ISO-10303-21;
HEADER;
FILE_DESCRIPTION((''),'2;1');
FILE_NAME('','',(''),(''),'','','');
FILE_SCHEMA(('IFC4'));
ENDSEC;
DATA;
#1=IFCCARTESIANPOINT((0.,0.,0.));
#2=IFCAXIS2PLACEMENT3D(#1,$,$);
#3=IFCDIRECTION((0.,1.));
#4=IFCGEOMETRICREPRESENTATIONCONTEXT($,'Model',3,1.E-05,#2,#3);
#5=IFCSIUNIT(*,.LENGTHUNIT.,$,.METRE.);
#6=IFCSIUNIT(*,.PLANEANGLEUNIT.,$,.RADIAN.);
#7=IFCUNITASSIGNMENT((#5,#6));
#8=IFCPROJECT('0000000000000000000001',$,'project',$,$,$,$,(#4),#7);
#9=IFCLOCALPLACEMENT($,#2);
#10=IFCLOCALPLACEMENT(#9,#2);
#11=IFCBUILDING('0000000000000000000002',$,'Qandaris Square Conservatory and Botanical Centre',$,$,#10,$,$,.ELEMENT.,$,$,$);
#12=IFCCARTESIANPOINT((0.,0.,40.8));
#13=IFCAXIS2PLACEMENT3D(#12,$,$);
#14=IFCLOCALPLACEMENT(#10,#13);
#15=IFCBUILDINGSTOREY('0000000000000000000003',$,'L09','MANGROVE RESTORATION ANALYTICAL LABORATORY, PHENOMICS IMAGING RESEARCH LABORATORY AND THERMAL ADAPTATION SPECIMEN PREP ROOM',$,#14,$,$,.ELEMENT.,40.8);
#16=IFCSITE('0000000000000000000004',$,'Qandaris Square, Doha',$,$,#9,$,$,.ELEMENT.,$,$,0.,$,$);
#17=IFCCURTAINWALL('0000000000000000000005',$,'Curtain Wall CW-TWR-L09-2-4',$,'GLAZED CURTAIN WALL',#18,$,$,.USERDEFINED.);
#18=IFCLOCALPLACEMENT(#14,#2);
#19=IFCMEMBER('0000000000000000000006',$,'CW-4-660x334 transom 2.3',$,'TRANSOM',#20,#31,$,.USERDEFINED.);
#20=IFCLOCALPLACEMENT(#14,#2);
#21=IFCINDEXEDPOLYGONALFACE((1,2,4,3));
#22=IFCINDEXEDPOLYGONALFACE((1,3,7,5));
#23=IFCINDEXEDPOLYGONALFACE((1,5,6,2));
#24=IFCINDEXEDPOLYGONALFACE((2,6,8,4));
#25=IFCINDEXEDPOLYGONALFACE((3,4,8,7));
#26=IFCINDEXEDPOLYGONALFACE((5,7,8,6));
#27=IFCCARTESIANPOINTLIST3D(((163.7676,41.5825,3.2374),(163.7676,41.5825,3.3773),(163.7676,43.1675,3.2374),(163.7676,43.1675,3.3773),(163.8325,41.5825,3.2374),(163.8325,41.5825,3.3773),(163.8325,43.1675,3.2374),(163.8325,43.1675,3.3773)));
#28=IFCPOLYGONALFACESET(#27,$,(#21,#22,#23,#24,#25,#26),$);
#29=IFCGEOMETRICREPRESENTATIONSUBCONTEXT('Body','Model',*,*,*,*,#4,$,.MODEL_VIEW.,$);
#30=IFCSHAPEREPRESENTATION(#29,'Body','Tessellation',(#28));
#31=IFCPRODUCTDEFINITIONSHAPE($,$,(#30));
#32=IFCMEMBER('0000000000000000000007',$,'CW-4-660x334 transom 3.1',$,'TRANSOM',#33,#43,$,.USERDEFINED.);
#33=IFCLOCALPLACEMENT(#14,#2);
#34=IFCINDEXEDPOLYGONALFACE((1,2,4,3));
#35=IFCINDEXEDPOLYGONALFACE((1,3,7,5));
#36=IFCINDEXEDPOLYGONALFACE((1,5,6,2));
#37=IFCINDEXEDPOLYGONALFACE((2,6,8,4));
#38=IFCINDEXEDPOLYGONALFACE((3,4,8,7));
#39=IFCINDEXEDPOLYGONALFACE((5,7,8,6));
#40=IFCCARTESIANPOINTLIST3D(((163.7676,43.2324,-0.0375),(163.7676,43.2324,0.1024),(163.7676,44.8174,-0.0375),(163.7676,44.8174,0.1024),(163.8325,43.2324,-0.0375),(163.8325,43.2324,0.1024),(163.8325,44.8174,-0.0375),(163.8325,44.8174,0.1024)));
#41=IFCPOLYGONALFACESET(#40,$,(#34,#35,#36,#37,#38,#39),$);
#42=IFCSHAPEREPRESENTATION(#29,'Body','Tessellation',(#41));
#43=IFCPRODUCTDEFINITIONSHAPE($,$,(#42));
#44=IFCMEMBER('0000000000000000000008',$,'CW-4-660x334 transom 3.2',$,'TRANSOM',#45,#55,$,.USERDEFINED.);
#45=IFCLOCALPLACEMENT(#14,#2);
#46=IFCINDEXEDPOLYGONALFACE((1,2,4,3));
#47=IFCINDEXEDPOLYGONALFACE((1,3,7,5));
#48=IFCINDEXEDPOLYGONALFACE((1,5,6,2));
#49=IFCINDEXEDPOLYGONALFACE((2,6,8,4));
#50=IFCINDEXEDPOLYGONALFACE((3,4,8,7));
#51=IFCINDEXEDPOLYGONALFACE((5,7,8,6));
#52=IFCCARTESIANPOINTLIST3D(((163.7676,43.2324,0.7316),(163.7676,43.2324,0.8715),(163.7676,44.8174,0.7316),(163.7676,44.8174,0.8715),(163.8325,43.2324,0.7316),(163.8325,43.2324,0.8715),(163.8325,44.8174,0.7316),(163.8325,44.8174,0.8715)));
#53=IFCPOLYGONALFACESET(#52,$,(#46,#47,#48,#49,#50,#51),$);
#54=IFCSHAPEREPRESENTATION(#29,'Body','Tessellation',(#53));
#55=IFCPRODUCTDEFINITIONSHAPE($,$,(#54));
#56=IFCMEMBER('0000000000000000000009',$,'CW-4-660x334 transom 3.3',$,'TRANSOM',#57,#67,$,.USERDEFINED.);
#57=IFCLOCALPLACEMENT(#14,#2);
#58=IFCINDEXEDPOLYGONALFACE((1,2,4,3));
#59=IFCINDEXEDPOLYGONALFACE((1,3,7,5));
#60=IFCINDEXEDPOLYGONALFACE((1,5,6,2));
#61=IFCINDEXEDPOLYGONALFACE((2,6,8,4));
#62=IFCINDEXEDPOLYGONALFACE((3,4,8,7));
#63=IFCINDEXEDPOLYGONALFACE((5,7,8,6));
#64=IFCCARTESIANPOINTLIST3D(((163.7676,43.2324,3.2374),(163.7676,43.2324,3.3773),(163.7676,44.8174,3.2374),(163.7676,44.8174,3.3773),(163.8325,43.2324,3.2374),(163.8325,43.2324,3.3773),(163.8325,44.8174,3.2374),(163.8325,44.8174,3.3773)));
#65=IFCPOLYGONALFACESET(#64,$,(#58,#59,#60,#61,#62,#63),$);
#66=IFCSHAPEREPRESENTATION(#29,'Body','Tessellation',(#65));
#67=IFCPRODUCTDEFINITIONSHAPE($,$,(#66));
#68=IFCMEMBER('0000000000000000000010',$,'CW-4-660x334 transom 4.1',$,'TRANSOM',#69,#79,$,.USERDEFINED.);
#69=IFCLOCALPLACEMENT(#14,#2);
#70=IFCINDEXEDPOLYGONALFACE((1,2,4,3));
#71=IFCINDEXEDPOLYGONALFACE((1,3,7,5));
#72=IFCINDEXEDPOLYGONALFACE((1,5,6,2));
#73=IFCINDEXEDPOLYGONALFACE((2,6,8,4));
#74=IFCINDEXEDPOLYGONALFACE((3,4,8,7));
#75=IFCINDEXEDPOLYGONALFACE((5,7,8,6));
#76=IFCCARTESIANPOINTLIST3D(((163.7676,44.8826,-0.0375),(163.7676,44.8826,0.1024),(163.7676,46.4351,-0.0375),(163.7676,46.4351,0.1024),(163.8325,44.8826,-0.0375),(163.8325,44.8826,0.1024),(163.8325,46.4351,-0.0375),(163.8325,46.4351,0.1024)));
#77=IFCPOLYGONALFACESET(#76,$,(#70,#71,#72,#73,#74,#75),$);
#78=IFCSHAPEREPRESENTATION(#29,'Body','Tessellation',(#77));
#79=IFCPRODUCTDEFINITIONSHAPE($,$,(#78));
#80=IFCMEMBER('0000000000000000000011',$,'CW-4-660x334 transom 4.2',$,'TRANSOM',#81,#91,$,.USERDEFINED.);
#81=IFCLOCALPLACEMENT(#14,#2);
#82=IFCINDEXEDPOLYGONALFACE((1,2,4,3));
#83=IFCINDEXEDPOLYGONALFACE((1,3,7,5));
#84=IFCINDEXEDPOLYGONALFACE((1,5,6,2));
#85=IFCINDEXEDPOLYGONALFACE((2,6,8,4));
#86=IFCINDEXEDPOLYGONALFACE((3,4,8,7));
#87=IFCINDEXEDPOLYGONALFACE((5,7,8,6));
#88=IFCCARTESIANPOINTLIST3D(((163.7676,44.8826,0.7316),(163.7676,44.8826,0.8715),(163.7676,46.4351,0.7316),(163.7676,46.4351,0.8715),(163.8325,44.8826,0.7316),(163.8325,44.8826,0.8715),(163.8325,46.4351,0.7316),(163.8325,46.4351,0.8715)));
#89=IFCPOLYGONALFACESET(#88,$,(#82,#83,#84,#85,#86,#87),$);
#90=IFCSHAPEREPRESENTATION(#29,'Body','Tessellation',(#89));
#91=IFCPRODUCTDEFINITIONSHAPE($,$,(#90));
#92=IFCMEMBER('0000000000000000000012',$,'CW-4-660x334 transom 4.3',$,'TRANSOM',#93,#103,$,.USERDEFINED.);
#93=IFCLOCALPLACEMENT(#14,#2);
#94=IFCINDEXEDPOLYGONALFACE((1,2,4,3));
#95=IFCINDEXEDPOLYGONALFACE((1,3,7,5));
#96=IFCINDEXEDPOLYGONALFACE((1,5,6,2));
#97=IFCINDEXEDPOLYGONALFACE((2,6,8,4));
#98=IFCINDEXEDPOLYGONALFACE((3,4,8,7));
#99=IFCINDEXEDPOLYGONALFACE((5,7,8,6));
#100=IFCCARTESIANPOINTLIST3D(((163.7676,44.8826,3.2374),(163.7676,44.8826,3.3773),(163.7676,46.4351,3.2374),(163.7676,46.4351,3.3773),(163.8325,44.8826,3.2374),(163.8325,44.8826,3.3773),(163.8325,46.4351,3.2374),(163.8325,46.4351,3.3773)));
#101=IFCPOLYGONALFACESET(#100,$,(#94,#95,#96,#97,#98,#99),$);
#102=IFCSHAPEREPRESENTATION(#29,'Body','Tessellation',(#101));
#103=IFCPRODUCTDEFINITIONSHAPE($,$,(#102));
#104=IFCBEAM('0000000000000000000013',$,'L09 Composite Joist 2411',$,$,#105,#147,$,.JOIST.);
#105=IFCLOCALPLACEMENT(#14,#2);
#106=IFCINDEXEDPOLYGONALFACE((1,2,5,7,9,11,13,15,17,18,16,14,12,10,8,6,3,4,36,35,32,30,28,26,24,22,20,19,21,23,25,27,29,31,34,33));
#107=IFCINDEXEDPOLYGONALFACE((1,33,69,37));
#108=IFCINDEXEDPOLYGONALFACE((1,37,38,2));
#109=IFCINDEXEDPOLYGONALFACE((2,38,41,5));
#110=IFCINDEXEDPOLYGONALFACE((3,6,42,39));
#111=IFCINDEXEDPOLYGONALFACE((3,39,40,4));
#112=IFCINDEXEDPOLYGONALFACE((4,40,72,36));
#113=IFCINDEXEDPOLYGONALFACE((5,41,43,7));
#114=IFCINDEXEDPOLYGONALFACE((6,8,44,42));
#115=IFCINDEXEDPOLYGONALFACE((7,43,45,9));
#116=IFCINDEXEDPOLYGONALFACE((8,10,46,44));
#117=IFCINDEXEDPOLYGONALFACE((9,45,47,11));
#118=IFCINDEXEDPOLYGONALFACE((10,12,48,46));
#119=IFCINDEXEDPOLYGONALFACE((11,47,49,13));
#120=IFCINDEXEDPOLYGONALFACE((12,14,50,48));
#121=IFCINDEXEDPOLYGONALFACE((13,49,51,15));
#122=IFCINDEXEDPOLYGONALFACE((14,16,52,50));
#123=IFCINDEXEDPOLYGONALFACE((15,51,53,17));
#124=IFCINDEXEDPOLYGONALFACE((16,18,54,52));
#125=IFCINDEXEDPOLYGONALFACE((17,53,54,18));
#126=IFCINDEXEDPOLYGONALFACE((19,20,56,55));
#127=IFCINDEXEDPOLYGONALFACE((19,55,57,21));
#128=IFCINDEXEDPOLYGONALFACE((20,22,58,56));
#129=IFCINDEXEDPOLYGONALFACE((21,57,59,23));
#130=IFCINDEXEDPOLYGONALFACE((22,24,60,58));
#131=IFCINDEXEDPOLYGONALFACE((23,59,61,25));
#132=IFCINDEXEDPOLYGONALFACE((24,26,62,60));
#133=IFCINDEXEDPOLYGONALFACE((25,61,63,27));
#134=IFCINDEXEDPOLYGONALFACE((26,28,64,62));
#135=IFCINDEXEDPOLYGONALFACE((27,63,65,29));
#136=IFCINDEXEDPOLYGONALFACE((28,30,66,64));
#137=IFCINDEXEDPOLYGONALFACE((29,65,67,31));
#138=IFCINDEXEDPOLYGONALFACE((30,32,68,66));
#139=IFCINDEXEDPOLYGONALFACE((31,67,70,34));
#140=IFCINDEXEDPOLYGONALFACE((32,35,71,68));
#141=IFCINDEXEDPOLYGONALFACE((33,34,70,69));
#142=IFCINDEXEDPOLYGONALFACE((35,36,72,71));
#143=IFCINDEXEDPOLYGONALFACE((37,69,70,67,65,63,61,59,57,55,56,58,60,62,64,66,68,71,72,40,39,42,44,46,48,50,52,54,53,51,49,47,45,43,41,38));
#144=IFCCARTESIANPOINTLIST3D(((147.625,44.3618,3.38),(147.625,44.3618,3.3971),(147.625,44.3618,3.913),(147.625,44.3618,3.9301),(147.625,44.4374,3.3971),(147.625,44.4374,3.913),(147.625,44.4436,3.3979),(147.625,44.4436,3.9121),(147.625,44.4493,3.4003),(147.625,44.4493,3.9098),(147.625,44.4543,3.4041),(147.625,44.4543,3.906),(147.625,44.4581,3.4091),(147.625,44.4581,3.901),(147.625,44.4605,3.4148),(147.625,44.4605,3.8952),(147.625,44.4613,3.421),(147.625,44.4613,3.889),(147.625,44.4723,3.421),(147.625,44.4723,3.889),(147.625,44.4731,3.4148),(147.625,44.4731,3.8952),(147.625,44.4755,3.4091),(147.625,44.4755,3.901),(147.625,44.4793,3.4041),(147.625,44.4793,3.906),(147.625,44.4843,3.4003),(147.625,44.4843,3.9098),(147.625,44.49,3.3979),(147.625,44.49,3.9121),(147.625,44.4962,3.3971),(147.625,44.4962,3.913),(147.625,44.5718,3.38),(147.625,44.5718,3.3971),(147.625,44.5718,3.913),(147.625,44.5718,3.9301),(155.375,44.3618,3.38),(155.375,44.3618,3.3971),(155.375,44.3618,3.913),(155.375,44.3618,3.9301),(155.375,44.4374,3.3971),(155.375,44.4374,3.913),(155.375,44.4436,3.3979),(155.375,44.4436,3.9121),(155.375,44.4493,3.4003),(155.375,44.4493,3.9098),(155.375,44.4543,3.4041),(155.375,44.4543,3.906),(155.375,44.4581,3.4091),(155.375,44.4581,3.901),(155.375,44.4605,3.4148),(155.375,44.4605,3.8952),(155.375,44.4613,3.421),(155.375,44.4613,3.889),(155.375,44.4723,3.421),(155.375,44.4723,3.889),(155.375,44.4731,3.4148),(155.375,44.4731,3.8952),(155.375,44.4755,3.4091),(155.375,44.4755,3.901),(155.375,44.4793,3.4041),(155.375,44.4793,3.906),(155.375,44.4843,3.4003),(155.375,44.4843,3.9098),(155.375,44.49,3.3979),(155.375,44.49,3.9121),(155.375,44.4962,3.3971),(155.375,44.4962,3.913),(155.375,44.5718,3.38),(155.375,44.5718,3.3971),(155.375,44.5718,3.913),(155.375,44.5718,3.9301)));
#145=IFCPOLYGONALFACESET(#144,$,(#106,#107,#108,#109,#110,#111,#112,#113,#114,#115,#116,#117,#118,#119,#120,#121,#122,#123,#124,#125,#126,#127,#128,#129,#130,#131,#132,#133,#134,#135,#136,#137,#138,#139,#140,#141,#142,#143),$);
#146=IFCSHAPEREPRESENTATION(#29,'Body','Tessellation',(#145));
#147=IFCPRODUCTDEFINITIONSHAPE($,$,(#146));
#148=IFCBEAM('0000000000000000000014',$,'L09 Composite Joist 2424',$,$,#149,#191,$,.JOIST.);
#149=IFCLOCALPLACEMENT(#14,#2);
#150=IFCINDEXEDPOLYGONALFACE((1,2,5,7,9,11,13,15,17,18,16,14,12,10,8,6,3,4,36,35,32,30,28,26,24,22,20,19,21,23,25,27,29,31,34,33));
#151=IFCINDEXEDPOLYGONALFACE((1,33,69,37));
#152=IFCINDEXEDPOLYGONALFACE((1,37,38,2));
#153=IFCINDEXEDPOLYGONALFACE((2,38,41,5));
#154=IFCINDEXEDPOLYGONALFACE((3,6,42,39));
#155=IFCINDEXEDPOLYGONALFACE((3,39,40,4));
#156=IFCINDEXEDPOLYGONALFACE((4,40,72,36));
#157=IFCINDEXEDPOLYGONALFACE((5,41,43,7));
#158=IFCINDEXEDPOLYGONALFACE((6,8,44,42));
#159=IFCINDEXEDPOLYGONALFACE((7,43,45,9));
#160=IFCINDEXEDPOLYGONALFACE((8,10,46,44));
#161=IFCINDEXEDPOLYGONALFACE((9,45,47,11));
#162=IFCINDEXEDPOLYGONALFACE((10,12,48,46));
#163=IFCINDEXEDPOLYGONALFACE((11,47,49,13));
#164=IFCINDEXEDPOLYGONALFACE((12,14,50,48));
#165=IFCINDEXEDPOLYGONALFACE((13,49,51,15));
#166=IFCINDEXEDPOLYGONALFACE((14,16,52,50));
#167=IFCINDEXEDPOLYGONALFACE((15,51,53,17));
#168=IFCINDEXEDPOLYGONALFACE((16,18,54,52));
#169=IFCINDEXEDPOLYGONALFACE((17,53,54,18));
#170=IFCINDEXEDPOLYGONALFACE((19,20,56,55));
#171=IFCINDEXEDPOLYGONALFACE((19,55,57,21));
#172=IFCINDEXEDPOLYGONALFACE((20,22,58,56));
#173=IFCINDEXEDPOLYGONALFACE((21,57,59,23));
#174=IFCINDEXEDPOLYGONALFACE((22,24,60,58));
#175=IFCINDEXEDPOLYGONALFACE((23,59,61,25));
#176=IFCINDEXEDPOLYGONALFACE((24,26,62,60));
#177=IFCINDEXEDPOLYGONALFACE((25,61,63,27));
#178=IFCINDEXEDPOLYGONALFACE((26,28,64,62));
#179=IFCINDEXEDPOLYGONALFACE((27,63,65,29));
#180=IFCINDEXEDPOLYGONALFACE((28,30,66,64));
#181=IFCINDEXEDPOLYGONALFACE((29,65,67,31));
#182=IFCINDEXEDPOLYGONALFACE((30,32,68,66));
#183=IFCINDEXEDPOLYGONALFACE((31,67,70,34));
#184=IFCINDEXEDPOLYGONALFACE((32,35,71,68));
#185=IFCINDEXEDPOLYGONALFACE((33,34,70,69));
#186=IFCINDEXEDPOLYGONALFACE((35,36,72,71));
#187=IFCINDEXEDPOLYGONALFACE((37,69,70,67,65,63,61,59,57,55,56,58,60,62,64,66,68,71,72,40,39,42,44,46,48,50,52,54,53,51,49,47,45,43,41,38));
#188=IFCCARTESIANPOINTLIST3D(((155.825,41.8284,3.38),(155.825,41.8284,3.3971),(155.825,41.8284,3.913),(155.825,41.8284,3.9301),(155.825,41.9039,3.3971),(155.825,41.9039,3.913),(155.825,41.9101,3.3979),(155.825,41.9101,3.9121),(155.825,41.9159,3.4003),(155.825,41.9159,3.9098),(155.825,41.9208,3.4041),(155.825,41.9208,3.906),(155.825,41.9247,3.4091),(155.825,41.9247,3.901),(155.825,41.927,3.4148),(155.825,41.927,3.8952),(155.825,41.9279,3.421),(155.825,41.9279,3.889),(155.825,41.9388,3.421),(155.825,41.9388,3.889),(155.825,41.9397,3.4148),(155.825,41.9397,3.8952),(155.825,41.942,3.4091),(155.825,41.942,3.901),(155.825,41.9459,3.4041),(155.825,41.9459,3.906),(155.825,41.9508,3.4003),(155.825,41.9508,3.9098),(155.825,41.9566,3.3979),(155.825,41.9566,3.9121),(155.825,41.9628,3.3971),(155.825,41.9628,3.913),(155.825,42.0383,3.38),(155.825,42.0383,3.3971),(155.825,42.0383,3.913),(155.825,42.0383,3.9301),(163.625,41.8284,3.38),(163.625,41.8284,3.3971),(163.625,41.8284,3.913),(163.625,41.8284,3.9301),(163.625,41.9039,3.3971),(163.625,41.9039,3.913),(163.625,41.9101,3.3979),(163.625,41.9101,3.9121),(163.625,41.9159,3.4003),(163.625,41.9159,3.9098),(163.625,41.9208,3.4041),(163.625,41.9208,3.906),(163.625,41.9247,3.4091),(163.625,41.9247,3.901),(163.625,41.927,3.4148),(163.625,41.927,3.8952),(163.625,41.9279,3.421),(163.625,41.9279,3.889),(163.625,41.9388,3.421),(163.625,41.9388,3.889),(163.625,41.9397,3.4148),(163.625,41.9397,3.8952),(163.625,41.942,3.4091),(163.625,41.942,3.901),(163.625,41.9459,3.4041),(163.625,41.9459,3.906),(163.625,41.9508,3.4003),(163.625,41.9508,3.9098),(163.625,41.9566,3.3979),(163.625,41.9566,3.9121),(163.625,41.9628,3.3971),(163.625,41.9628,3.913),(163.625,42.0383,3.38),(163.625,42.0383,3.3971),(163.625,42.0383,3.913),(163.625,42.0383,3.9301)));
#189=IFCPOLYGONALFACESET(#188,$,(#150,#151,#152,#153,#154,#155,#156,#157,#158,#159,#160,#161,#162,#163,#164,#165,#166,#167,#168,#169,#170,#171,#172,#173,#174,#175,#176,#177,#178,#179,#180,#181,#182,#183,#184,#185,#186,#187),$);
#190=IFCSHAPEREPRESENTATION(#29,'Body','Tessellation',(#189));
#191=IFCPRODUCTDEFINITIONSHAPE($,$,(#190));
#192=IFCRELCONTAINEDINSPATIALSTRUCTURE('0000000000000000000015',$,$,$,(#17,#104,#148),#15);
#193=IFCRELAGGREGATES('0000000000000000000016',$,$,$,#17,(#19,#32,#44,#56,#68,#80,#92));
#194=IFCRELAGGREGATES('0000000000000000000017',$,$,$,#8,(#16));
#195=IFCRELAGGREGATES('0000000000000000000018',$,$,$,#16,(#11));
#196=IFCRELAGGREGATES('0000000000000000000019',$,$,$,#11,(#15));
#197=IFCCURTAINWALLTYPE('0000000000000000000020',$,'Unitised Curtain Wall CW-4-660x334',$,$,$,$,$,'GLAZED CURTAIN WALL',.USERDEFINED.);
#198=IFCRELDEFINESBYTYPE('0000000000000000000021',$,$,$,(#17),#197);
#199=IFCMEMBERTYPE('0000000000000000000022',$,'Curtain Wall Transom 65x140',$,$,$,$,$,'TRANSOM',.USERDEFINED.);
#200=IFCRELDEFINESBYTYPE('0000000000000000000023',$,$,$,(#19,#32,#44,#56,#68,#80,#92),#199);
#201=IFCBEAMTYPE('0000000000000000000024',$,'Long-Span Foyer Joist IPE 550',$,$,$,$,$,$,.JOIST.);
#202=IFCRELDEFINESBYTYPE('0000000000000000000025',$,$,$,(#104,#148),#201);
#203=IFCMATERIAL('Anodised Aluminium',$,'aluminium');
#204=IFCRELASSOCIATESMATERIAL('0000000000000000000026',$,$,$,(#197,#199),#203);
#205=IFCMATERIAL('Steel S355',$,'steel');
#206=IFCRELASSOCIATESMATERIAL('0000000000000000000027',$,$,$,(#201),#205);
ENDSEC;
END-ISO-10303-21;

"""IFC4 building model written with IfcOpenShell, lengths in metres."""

from ifc_helpers import new_model, si_unit, direction, frame, origin, origin_2d, place, context, subcontext, project, spatial, rectangle, i_section, extrude, material, material_profile, profile_set, type_object, element, aggregate, save


model = new_model("IFC4")

# Units and contexts
model_context = context("Model", 3, precision=1e-05, world=origin(), true_north=direction((0.0, 1.0)))
body_context = subcontext(model_context, "Body", "Model", "MODEL_VIEW")
ifc_project = project(units=[si_unit("LENGTHUNIT", "METRE"), si_unit("PLANEANGLEUNIT", "RADIAN")], contexts=[model_context])

# Site, building, storey
site_placement = place(None, origin())
site = spatial("IfcSite", under=ifc_project, at=site_placement, Name="Qandaris Square, Doha", CompositionType="ELEMENT", RefElevation=0.0)
building_placement = place(site_placement, origin())
building = spatial("IfcBuilding", under=site, at=building_placement, Name="Qandaris Square Conservatory and Botanical Centre", CompositionType="ELEMENT")
storey_placement = place(building_placement, frame((0.0, 0.0, 40.8)))
storey = spatial("IfcBuildingStorey", under=building, at=storey_placement, Name="L09", Description="MANGROVE RESTORATION ANALYTICAL LABORATORY, PHENOMICS IMAGING RESEARCH LABORATORY AND THERMAL ADAPTATION SPECIMEN PREP ROOM", CompositionType="ELEMENT", Elevation=40.8)

# Shared definitions
ifc_material_1 = material(Name="Steel S355", Category="steel")

# Curtain wall, members
ifc_material_2 = material(Name="Anodised Aluminium", Category="aluminium")
curtain_wall_type = type_object("IfcCurtainWallType", Name="Unitised Curtain Wall CW-4-660x334", ElementType="GLAZED CURTAIN WALL", PredefinedType="USERDEFINED", material=ifc_material_2)
curtain_wall_placement = place(storey_placement, origin())
curtain_wall = element("IfcCurtainWall", 1, at=curtain_wall_placement, inside=storey, type_object=curtain_wall_type, Name="Curtain Wall CW-TWR-L09-2-4", ObjectType="GLAZED CURTAIN WALL", PredefinedType="USERDEFINED")
ifc_material_profile_1 = material_profile(ifc_material_2, rectangle(XDim=0.0649, YDim=0.1399, at=origin_2d()), Name="ALU-TRN 65x140")
ifc_profile_set_1 = profile_set([ifc_material_profile_1], Name="Anodised Aluminium")
member_type_1 = type_object("IfcMemberType", Name="Curtain Wall Transom 65x140", ElementType="TRANSOM", PredefinedType="USERDEFINED", material=ifc_profile_set_1)
member_1_placement = place(storey_placement, frame((163.8, 41.5825, 3.3074), z_axis=(0.0, 1.0, 0.0), x_axis=(-1.0, 0.0, 0.0)))
member_1 = element("IfcMember", 2, at=member_1_placement, type_object=member_type_1, Name="CW-4-660x334 transom 2.3", ObjectType="TRANSOM", PredefinedType="USERDEFINED", context=body_context, shape_type="SweptSolid", body=[
    extrude(rectangle(XDim=0.0649, YDim=0.1399, at=origin_2d()), origin(), (0.0, 0.0, 1.0), 1.585),
])
member_2_placement = place(storey_placement, frame((163.8, 43.2324, 0.0325), z_axis=(0.0, 1.0, 0.0), x_axis=(-1.0, 0.0, 0.0)))
member_2 = element("IfcMember", 3, at=member_2_placement, type_object=member_type_1, Name="CW-4-660x334 transom 3.1", ObjectType="TRANSOM", PredefinedType="USERDEFINED", context=body_context, shape_type="SweptSolid", body=[
    extrude(rectangle(XDim=0.0649, YDim=0.1399, at=origin_2d()), origin(), (0.0, 0.0, 1.0), 1.585),
])
member_3_placement = place(storey_placement, frame((163.8, 43.2324, 0.8015), z_axis=(0.0, 1.0, 0.0), x_axis=(-1.0, 0.0, 0.0)))
member_3 = element("IfcMember", 4, at=member_3_placement, type_object=member_type_1, Name="CW-4-660x334 transom 3.2", ObjectType="TRANSOM", PredefinedType="USERDEFINED", context=body_context, shape_type="SweptSolid", body=[
    extrude(rectangle(XDim=0.0649, YDim=0.1399, at=origin_2d()), origin(), (0.0, 0.0, 1.0), 1.585),
])
member_4_placement = place(storey_placement, frame((163.8, 43.2324, 3.3074), z_axis=(0.0, 1.0, 0.0), x_axis=(-1.0, 0.0, 0.0)))
member_4 = element("IfcMember", 5, at=member_4_placement, type_object=member_type_1, Name="CW-4-660x334 transom 3.3", ObjectType="TRANSOM", PredefinedType="USERDEFINED", context=body_context, shape_type="SweptSolid", body=[
    extrude(rectangle(XDim=0.0649, YDim=0.1399, at=origin_2d()), origin(), (0.0, 0.0, 1.0), 1.585),
])
member_5_placement = place(storey_placement, frame((163.8, 44.8826, 0.0325), z_axis=(0.0, 1.0, 0.0), x_axis=(-1.0, 0.0, 0.0)))
member_5 = element("IfcMember", 6, at=member_5_placement, type_object=member_type_1, Name="CW-4-660x334 transom 4.1", ObjectType="TRANSOM", PredefinedType="USERDEFINED", context=body_context, shape_type="SweptSolid", body=[
    extrude(rectangle(XDim=0.0649, YDim=0.1399, at=origin_2d()), origin(), (0.0, 0.0, 1.0), 1.5525),
])
member_6_placement = place(storey_placement, frame((163.8, 44.8826, 0.8015), z_axis=(0.0, 1.0, 0.0), x_axis=(-1.0, 0.0, 0.0)))
member_6 = element("IfcMember", 7, at=member_6_placement, type_object=member_type_1, Name="CW-4-660x334 transom 4.2", ObjectType="TRANSOM", PredefinedType="USERDEFINED", context=body_context, shape_type="SweptSolid", body=[
    extrude(rectangle(XDim=0.0649, YDim=0.1399, at=origin_2d()), origin(), (0.0, 0.0, 1.0), 1.5525),
])
member_7_placement = place(storey_placement, frame((163.8, 44.8826, 3.3074), z_axis=(0.0, 1.0, 0.0), x_axis=(-1.0, 0.0, 0.0)))
member_7 = element("IfcMember", 8, at=member_7_placement, type_object=member_type_1, Name="CW-4-660x334 transom 4.3", ObjectType="TRANSOM", PredefinedType="USERDEFINED", context=body_context, shape_type="SweptSolid", body=[
    extrude(rectangle(XDim=0.0649, YDim=0.1399, at=origin_2d()), origin(), (0.0, 0.0, 1.0), 1.5525),
])

# Beams
ifc_material_profile_2 = material_profile(ifc_material_1, i_section(OverallWidth=0.21, OverallDepth=0.55, WebThickness=0.011, FlangeThickness=0.0171, FilletRadius=0.0239, at=origin_2d()), Name="IPE 550")
ifc_profile_set_2 = profile_set([ifc_material_profile_2], Name="Steel S355")
beam_type_1 = type_object("IfcBeamType", Name="Long-Span Foyer Joist IPE 550", PredefinedType="JOIST", material=ifc_profile_set_2)
beam_1_placement = place(storey_placement, frame((147.625, 44.4668, 3.655), z_axis=(1.0, 0.0, 0.0), x_axis=(0.0, 1.0, 0.0)))
element("IfcBeam", 9, at=beam_1_placement, inside=storey, type_object=beam_type_1, Name="L09 Composite Joist 2411", PredefinedType="JOIST", context=body_context, shape_type="SweptSolid", body=[
    extrude(i_section(OverallWidth=0.21, OverallDepth=0.55, WebThickness=0.011, FlangeThickness=0.0171, FilletRadius=0.0239, at=origin_2d()), origin(), (0.0, 0.0, 1.0), 7.75),
])
beam_2_placement = place(storey_placement, frame((155.825, 41.9333, 3.655), z_axis=(1.0, 0.0, 0.0), x_axis=(0.0, 1.0, 0.0)))
element("IfcBeam", 10, at=beam_2_placement, inside=storey, type_object=beam_type_1, Name="L09 Composite Joist 2424", PredefinedType="JOIST", context=body_context, shape_type="SweptSolid", body=[
    extrude(i_section(OverallWidth=0.21, OverallDepth=0.55, WebThickness=0.011, FlangeThickness=0.0171, FilletRadius=0.0239, at=origin_2d()), origin(), (0.0, 0.0, 1.0), 7.8),
])

aggregate(curtain_wall, [member_1, member_2, member_3, member_4, member_5, member_6, member_7])

save(model, "model.ifc")
